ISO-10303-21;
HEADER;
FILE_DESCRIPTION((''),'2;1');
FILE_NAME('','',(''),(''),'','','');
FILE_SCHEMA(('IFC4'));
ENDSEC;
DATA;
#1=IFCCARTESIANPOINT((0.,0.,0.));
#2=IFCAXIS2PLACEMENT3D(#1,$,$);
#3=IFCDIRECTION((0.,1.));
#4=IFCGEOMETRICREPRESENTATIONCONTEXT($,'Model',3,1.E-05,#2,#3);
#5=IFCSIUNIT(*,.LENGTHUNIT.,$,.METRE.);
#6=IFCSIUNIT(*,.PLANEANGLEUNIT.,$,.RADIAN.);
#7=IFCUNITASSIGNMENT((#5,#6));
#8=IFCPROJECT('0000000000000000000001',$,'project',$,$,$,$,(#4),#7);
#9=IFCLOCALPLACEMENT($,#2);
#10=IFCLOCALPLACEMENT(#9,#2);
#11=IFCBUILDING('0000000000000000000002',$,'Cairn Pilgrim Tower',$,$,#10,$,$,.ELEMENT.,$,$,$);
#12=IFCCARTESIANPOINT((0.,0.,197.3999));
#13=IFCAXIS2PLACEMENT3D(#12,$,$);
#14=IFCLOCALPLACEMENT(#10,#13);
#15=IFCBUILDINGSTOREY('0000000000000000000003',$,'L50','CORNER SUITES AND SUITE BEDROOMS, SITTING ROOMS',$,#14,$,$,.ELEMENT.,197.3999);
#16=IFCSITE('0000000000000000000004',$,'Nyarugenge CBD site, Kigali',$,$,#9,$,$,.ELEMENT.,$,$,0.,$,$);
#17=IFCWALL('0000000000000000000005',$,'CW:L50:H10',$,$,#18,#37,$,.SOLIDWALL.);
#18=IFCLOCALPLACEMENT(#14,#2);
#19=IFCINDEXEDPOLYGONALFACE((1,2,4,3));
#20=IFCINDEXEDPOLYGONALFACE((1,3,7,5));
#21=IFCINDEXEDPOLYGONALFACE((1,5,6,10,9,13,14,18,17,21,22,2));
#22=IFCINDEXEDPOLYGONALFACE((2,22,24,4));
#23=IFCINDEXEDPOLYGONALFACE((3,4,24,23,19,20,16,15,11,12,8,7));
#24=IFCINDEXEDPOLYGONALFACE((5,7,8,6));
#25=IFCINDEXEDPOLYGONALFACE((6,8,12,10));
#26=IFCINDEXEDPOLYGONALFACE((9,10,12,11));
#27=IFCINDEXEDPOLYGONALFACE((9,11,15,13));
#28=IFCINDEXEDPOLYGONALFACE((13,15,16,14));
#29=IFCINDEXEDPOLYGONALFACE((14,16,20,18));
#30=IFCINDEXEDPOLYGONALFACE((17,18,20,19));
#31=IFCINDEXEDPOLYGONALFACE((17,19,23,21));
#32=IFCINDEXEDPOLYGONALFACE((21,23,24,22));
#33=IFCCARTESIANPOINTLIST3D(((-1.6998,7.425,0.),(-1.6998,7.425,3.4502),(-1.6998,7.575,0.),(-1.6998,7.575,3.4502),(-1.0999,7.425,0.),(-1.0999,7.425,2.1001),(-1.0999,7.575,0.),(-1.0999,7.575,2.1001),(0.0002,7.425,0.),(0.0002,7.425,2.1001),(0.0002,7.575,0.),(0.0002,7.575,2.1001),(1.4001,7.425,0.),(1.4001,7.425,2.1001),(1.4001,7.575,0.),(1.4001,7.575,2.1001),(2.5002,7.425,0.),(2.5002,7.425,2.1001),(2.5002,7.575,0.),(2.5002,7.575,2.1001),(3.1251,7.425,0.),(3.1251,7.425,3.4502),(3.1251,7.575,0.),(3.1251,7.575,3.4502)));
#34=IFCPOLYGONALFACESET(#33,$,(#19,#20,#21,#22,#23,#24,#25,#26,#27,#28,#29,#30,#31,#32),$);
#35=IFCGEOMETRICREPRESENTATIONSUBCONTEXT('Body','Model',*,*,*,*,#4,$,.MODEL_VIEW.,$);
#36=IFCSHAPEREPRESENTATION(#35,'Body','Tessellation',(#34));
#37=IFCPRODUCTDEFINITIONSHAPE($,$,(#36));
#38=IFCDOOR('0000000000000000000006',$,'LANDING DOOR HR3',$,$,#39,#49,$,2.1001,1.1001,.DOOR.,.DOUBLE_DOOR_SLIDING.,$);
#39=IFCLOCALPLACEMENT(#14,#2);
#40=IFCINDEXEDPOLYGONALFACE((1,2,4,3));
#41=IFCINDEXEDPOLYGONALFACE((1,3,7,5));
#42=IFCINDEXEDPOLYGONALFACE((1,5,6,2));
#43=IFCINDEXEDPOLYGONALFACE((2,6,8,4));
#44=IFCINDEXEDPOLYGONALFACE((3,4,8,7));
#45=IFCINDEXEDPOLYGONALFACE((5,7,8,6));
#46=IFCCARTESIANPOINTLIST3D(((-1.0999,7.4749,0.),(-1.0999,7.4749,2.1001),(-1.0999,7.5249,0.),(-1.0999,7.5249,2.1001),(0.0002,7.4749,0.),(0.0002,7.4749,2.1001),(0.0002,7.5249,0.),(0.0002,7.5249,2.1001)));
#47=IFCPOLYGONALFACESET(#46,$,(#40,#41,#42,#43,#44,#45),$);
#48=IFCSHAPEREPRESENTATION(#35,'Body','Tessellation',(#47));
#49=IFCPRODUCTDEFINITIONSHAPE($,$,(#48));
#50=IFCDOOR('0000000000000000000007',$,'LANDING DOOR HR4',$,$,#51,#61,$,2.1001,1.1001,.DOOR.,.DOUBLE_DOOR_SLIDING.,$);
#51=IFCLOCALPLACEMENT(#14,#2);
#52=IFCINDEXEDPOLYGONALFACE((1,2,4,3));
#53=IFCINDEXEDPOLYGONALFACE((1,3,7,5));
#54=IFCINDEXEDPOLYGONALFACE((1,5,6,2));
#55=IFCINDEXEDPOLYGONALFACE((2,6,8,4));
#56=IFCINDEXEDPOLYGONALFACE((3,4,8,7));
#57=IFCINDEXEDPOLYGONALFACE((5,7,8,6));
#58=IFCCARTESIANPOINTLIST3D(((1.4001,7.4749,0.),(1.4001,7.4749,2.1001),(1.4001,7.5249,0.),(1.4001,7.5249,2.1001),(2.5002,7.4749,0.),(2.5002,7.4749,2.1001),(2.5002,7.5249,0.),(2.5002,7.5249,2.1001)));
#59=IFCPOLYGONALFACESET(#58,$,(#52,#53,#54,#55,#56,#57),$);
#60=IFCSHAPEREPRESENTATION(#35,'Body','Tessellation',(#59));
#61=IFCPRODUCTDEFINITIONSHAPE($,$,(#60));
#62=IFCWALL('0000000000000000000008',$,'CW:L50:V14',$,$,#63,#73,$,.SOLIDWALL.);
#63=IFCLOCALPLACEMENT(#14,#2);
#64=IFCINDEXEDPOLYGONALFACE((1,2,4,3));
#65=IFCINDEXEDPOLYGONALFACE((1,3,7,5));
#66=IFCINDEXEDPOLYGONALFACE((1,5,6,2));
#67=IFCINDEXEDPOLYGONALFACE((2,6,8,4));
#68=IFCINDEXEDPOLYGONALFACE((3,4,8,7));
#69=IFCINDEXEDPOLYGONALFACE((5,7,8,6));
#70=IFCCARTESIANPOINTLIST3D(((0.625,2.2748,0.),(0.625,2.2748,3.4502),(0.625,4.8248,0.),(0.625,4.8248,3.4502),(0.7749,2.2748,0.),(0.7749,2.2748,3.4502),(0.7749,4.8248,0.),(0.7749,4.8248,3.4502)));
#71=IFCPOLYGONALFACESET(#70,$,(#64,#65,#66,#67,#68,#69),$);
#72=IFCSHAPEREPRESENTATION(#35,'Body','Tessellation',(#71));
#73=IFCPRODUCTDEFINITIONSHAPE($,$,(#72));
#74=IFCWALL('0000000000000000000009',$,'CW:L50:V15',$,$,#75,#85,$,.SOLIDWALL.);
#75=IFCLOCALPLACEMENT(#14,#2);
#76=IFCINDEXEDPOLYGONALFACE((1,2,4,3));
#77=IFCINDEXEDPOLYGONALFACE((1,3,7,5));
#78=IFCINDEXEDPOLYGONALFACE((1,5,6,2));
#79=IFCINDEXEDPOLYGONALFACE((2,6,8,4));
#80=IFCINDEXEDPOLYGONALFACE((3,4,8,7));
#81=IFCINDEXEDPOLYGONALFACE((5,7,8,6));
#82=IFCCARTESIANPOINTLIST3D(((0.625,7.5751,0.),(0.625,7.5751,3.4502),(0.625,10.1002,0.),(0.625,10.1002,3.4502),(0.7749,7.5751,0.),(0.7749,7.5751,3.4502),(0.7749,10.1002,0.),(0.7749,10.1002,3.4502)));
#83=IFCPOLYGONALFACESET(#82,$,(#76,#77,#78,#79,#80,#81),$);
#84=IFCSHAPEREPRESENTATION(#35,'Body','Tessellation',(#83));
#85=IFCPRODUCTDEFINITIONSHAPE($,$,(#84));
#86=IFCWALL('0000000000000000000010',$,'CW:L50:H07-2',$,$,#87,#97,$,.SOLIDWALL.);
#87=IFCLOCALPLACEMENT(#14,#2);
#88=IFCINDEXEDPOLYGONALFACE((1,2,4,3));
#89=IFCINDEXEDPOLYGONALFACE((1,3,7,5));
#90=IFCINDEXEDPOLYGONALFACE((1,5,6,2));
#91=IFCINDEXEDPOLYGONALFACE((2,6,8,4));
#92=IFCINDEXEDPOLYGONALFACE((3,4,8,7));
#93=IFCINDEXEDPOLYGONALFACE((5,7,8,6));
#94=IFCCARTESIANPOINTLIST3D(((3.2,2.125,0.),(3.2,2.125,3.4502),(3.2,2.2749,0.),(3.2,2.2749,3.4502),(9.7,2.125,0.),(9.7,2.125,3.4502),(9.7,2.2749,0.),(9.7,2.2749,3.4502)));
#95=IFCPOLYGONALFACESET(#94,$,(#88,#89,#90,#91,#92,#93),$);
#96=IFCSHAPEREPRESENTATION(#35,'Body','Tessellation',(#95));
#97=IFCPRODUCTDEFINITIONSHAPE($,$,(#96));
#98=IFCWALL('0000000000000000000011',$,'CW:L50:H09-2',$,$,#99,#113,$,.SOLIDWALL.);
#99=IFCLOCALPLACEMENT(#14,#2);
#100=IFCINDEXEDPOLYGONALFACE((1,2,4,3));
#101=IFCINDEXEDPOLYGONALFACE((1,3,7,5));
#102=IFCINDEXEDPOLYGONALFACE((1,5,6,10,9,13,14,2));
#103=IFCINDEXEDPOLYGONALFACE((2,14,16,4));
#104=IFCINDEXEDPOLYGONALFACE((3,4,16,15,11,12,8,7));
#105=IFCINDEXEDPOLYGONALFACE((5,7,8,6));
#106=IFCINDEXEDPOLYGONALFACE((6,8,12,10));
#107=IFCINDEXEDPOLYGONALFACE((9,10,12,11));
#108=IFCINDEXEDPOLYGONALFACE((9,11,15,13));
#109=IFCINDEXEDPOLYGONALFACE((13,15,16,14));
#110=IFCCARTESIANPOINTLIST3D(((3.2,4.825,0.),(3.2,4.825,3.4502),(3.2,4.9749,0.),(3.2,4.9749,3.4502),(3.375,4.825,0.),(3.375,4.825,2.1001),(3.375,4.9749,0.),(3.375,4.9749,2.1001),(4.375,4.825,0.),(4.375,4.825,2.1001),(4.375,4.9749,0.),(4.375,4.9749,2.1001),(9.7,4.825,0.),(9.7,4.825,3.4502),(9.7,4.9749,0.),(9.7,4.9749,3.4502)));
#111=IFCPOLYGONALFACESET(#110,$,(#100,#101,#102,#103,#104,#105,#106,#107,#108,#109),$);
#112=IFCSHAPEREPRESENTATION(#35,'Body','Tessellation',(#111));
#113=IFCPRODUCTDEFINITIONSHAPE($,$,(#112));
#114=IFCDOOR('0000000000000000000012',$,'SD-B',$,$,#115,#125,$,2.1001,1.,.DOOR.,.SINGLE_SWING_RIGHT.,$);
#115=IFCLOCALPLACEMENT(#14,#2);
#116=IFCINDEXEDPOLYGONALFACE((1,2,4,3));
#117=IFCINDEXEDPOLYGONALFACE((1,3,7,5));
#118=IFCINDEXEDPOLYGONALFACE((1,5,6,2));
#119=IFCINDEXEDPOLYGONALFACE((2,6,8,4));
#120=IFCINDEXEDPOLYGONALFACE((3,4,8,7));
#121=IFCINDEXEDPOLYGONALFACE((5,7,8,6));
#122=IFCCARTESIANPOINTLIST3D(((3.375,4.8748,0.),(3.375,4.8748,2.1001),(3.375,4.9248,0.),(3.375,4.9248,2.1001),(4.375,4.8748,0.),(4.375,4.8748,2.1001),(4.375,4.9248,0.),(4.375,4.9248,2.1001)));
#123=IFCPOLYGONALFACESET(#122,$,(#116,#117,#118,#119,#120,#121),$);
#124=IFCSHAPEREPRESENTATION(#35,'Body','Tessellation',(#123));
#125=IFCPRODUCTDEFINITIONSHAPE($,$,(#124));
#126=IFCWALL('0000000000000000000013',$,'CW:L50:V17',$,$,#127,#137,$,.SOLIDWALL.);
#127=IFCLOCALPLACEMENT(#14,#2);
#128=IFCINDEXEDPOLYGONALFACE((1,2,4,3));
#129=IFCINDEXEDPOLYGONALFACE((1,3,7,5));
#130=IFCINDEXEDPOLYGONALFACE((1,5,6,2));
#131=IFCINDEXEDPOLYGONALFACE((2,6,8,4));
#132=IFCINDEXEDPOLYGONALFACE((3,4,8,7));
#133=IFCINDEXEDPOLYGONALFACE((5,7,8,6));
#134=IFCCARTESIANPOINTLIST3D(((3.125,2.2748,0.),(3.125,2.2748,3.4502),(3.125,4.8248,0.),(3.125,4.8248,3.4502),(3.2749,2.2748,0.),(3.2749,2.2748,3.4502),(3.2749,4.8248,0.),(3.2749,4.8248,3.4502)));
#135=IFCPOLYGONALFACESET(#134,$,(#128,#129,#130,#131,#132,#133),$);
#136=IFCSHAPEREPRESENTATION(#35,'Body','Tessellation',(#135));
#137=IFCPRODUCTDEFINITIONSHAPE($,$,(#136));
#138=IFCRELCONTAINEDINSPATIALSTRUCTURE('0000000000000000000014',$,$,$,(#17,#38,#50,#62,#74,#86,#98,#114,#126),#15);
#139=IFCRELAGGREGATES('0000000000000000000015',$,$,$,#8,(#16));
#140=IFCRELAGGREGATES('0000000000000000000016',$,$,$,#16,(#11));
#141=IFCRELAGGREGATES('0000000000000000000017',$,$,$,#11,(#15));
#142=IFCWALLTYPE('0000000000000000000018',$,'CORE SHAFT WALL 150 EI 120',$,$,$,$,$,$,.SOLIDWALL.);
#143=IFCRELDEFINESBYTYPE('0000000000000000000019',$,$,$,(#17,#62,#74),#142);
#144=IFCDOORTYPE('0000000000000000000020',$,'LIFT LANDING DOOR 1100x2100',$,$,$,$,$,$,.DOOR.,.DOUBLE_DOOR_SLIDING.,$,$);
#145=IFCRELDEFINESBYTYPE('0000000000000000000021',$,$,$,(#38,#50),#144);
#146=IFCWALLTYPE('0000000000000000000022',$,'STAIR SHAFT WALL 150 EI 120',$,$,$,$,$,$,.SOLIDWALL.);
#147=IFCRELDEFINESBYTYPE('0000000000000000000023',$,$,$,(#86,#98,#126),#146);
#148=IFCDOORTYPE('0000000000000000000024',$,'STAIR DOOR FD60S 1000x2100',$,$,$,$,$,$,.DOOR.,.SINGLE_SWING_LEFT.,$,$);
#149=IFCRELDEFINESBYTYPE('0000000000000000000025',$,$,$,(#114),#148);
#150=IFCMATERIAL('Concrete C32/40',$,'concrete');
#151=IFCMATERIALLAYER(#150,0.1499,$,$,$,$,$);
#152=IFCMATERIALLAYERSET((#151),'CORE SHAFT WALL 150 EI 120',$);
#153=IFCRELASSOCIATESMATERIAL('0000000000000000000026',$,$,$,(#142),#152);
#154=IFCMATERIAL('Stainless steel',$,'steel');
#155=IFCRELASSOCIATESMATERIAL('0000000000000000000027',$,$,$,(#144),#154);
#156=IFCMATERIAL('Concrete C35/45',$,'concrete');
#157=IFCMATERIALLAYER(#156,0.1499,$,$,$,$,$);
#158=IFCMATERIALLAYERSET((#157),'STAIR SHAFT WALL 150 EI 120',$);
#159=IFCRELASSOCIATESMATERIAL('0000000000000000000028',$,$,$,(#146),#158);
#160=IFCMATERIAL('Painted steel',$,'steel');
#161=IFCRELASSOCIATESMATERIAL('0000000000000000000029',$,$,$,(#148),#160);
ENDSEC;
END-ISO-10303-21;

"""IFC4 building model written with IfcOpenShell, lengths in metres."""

from ifc_helpers import new_model, si_unit, direction, frame, frame_2d, origin, place, context, subcontext, project, spatial, rectangle, extrude, material, layer, layer_set, type_object, element, fill, save


model = new_model("IFC4")

# Units and contexts
model_context = context("Model", 3, precision=1e-05, world=origin(), true_north=direction((0.0, 1.0)))
body_context = subcontext(model_context, "Body", "Model", "MODEL_VIEW")
ifc_project = project(units=[si_unit("LENGTHUNIT", "METRE"), si_unit("PLANEANGLEUNIT", "RADIAN")], contexts=[model_context])

# Site, building, storey
site_placement = place(None, origin())
site = spatial("IfcSite", under=ifc_project, at=site_placement, Name="Nyarugenge CBD site, Kigali", CompositionType="ELEMENT", RefElevation=0.0)
building_placement = place(site_placement, origin())
building = spatial("IfcBuilding", under=site, at=building_placement, Name="Cairn Pilgrim Tower", CompositionType="ELEMENT")
storey_placement = place(building_placement, frame((0.0, 0.0, 197.3999)))
storey = spatial("IfcBuildingStorey", under=building, at=storey_placement, Name="L50", Description="CORNER SUITES AND SUITE BEDROOMS, SITTING ROOMS", CompositionType="ELEMENT", Elevation=197.3999)

# Shared definitions
ifc_material_1 = material(Name="Concrete C32/40", Category="concrete")

# Shared definitions
ifc_layer_1 = layer(ifc_material_1, 0.1499)
ifc_layer_set_1 = layer_set([ifc_layer_1], Name="CORE SHAFT WALL 150 EI 120")
wall_type_1 = type_object("IfcWallType", Name="CORE SHAFT WALL 150 EI 120", PredefinedType="SOLIDWALL", material=ifc_layer_set_1)

# Wall, openings, doors
ifc_material_2 = material(Name="Stainless steel", Category="steel")
door_type_1 = type_object("IfcDoorType", Name="LIFT LANDING DOOR 1100x2100", OperationType="DOUBLE_DOOR_SLIDING", PredefinedType="DOOR", material=ifc_material_2)
wall_1_placement = place(storey_placement, frame((-1.7, 7.5, 0.0), z_axis=(0.0, 0.0, 1.0), x_axis=(1.0, 0.0, 0.0)))
wall_1 = element("IfcWall", 1, at=wall_1_placement, inside=storey, type_object=wall_type_1, Name="CW:L50:H10", PredefinedType="SOLIDWALL", context=body_context, shape_type="SweptSolid", body=[
    extrude(rectangle(XDim=4.825, YDim=0.1499, at=frame_2d((2.4126, 0.0))), origin(), (0.0, 0.0, 1.0), 3.4502),
])
opening_1_placement = place(wall_1_placement, frame((0.6001, 0.0, 0.0)))
opening_1 = element("IfcOpeningElement", 2, at=opening_1_placement, cuts=wall_1, PredefinedType="OPENING", context=body_context, shape_type="SweptSolid", body=[
    extrude(rectangle(XDim=1.1001, YDim=2.1001, at=frame_2d((0.55, 1.05))), frame((0.0, 0.085, 0.0), z_axis=(0.0, -1.0, 0.0), x_axis=(1.0, 0.0, 0.0)), (0.0, 0.0, 1.0), 0.1699),
])
opening_2_placement = place(wall_1_placement, frame((3.1001, 0.0, 0.0)))
opening_2 = element("IfcOpeningElement", 3, at=opening_2_placement, cuts=wall_1, PredefinedType="OPENING", context=body_context, shape_type="SweptSolid", body=[
    extrude(rectangle(XDim=1.1001, YDim=2.1001, at=frame_2d((0.55, 1.05))), frame((0.0, 0.085, 0.0), z_axis=(0.0, -1.0, 0.0), x_axis=(1.0, 0.0, 0.0)), (0.0, 0.0, 1.0), 0.1699),
])
door_1_placement = place(opening_1_placement, origin())
door_1 = element("IfcDoor", 4, at=door_1_placement, inside=storey, type_object=door_type_1, Name="LANDING DOOR HR3", OperationType="DOUBLE_DOOR_SLIDING", OverallHeight=2.1001, OverallWidth=1.1001, PredefinedType="DOOR", context=body_context, shape_type="SweptSolid", body=[
    extrude(rectangle(XDim=1.1001, YDim=2.1001, at=frame_2d((0.55, 1.05))), frame((0.0, 0.0249, 0.0), z_axis=(0.0, -1.0, 0.0), x_axis=(1.0, 0.0, 0.0)), (0.0, 0.0, 1.0), 0.05),
])
fill(opening_1, door_1)
door_2_placement = place(opening_2_placement, origin())
door_2 = element("IfcDoor", 5, at=door_2_placement, inside=storey, type_object=door_type_1, Name="LANDING DOOR HR4", OperationType="DOUBLE_DOOR_SLIDING", OverallHeight=2.1001, OverallWidth=1.1001, PredefinedType="DOOR", context=body_context, shape_type="SweptSolid", body=[
    extrude(rectangle(XDim=1.1001, YDim=2.1001, at=frame_2d((0.55, 1.05))), frame((0.0, 0.0249, 0.0), z_axis=(0.0, -1.0, 0.0), x_axis=(1.0, 0.0, 0.0)), (0.0, 0.0, 1.0), 0.05),
])
fill(opening_2, door_2)

# Walls
wall_2_placement = place(storey_placement, frame((0.7, 2.2749, 0.0), z_axis=(0.0, 0.0, 1.0), x_axis=(0.0, 1.0, 0.0)))
element("IfcWall", 6, at=wall_2_placement, inside=storey, type_object=wall_type_1, Name="CW:L50:V14", PredefinedType="SOLIDWALL", context=body_context, shape_type="SweptSolid", body=[
    extrude(rectangle(XDim=2.55, YDim=0.1499, at=frame_2d((1.2749, 0.0))), origin(), (0.0, 0.0, 1.0), 3.4502),
])
wall_3_placement = place(storey_placement, frame((0.7, 7.575, 0.0), z_axis=(0.0, 0.0, 1.0), x_axis=(0.0, 1.0, 0.0)))
element("IfcWall", 7, at=wall_3_placement, inside=storey, type_object=wall_type_1, Name="CW:L50:V15", PredefinedType="SOLIDWALL", context=body_context, shape_type="SweptSolid", body=[
    extrude(rectangle(XDim=2.5251, YDim=0.1499, at=frame_2d((1.2627, 0.0))), origin(), (0.0, 0.0, 1.0), 3.4502),
])
ifc_material_3 = material(Name="Concrete C35/45", Category="concrete")
ifc_layer_2 = layer(ifc_material_3, 0.1499)
ifc_layer_set_2 = layer_set([ifc_layer_2], Name="STAIR SHAFT WALL 150 EI 120")
wall_type_2 = type_object("IfcWallType", Name="STAIR SHAFT WALL 150 EI 120", PredefinedType="SOLIDWALL", material=ifc_layer_set_2)
wall_4_placement = place(storey_placement, frame((3.2, 2.2, 0.0), z_axis=(0.0, 0.0, 1.0), x_axis=(1.0, 0.0, 0.0)))
element("IfcWall", 8, at=wall_4_placement, inside=storey, type_object=wall_type_2, Name="CW:L50:H07-2", PredefinedType="SOLIDWALL", context=body_context, shape_type="SweptSolid", body=[
    extrude(rectangle(XDim=6.5, YDim=0.1499, at=frame_2d((3.25, 0.0))), origin(), (0.0, 0.0, 1.0), 3.4502),
])

# Wall, opening, door
wall_5_placement = place(storey_placement, frame((3.2, 4.8999, 0.0), z_axis=(0.0, 0.0, 1.0), x_axis=(1.0, 0.0, 0.0)))
wall_5 = element("IfcWall", 9, at=wall_5_placement, inside=storey, type_object=wall_type_2, Name="CW:L50:H09-2", PredefinedType="SOLIDWALL", context=body_context, shape_type="SweptSolid", body=[
    extrude(rectangle(XDim=6.5, YDim=0.1499, at=frame_2d((3.25, 0.0))), origin(), (0.0, 0.0, 1.0), 3.4502),
])
opening_3_placement = place(wall_5_placement, frame((0.175, 0.0, 0.0)))
opening_3 = element("IfcOpeningElement", 10, at=opening_3_placement, cuts=wall_5, PredefinedType="OPENING", context=body_context, shape_type="SweptSolid", body=[
    extrude(rectangle(XDim=1.0, YDim=2.1001, at=frame_2d((0.5, 1.05))), frame((0.0, 0.085, 0.0), z_axis=(0.0, -1.0, 0.0), x_axis=(1.0, 0.0, 0.0)), (0.0, 0.0, 1.0), 0.1699),
])
ifc_material_4 = material(Name="Painted steel", Category="steel")
door_type_2 = type_object("IfcDoorType", Name="STAIR DOOR FD60S 1000x2100", OperationType="SINGLE_SWING_LEFT", PredefinedType="DOOR", material=ifc_material_4)
door_3_placement = place(opening_3_placement, origin())
door_3 = element("IfcDoor", 11, at=door_3_placement, inside=storey, type_object=door_type_2, Name="SD-B", OperationType="SINGLE_SWING_RIGHT", OverallHeight=2.1001, OverallWidth=1.0, PredefinedType="DOOR", context=body_context, shape_type="SweptSolid", body=[
    extrude(rectangle(XDim=1.0, YDim=2.1001, at=frame_2d((0.5, 1.05))), frame((0.0, 0.0249, 0.0), z_axis=(0.0, -1.0, 0.0), x_axis=(1.0, 0.0, 0.0)), (0.0, 0.0, 1.0), 0.05),
])
fill(opening_3, door_3)

# Wall
wall_6_placement = place(storey_placement, frame((3.2, 2.2749, 0.0), z_axis=(0.0, 0.0, 1.0), x_axis=(0.0, 1.0, 0.0)))
element("IfcWall", 12, at=wall_6_placement, inside=storey, type_object=wall_type_2, Name="CW:L50:V17", PredefinedType="SOLIDWALL", context=body_context, shape_type="SweptSolid", body=[
    extrude(rectangle(XDim=2.55, YDim=0.1499, at=frame_2d((1.2749, 0.0))), origin(), (0.0, 0.0, 1.0), 3.4502),
])

save(model, "model.ifc")
